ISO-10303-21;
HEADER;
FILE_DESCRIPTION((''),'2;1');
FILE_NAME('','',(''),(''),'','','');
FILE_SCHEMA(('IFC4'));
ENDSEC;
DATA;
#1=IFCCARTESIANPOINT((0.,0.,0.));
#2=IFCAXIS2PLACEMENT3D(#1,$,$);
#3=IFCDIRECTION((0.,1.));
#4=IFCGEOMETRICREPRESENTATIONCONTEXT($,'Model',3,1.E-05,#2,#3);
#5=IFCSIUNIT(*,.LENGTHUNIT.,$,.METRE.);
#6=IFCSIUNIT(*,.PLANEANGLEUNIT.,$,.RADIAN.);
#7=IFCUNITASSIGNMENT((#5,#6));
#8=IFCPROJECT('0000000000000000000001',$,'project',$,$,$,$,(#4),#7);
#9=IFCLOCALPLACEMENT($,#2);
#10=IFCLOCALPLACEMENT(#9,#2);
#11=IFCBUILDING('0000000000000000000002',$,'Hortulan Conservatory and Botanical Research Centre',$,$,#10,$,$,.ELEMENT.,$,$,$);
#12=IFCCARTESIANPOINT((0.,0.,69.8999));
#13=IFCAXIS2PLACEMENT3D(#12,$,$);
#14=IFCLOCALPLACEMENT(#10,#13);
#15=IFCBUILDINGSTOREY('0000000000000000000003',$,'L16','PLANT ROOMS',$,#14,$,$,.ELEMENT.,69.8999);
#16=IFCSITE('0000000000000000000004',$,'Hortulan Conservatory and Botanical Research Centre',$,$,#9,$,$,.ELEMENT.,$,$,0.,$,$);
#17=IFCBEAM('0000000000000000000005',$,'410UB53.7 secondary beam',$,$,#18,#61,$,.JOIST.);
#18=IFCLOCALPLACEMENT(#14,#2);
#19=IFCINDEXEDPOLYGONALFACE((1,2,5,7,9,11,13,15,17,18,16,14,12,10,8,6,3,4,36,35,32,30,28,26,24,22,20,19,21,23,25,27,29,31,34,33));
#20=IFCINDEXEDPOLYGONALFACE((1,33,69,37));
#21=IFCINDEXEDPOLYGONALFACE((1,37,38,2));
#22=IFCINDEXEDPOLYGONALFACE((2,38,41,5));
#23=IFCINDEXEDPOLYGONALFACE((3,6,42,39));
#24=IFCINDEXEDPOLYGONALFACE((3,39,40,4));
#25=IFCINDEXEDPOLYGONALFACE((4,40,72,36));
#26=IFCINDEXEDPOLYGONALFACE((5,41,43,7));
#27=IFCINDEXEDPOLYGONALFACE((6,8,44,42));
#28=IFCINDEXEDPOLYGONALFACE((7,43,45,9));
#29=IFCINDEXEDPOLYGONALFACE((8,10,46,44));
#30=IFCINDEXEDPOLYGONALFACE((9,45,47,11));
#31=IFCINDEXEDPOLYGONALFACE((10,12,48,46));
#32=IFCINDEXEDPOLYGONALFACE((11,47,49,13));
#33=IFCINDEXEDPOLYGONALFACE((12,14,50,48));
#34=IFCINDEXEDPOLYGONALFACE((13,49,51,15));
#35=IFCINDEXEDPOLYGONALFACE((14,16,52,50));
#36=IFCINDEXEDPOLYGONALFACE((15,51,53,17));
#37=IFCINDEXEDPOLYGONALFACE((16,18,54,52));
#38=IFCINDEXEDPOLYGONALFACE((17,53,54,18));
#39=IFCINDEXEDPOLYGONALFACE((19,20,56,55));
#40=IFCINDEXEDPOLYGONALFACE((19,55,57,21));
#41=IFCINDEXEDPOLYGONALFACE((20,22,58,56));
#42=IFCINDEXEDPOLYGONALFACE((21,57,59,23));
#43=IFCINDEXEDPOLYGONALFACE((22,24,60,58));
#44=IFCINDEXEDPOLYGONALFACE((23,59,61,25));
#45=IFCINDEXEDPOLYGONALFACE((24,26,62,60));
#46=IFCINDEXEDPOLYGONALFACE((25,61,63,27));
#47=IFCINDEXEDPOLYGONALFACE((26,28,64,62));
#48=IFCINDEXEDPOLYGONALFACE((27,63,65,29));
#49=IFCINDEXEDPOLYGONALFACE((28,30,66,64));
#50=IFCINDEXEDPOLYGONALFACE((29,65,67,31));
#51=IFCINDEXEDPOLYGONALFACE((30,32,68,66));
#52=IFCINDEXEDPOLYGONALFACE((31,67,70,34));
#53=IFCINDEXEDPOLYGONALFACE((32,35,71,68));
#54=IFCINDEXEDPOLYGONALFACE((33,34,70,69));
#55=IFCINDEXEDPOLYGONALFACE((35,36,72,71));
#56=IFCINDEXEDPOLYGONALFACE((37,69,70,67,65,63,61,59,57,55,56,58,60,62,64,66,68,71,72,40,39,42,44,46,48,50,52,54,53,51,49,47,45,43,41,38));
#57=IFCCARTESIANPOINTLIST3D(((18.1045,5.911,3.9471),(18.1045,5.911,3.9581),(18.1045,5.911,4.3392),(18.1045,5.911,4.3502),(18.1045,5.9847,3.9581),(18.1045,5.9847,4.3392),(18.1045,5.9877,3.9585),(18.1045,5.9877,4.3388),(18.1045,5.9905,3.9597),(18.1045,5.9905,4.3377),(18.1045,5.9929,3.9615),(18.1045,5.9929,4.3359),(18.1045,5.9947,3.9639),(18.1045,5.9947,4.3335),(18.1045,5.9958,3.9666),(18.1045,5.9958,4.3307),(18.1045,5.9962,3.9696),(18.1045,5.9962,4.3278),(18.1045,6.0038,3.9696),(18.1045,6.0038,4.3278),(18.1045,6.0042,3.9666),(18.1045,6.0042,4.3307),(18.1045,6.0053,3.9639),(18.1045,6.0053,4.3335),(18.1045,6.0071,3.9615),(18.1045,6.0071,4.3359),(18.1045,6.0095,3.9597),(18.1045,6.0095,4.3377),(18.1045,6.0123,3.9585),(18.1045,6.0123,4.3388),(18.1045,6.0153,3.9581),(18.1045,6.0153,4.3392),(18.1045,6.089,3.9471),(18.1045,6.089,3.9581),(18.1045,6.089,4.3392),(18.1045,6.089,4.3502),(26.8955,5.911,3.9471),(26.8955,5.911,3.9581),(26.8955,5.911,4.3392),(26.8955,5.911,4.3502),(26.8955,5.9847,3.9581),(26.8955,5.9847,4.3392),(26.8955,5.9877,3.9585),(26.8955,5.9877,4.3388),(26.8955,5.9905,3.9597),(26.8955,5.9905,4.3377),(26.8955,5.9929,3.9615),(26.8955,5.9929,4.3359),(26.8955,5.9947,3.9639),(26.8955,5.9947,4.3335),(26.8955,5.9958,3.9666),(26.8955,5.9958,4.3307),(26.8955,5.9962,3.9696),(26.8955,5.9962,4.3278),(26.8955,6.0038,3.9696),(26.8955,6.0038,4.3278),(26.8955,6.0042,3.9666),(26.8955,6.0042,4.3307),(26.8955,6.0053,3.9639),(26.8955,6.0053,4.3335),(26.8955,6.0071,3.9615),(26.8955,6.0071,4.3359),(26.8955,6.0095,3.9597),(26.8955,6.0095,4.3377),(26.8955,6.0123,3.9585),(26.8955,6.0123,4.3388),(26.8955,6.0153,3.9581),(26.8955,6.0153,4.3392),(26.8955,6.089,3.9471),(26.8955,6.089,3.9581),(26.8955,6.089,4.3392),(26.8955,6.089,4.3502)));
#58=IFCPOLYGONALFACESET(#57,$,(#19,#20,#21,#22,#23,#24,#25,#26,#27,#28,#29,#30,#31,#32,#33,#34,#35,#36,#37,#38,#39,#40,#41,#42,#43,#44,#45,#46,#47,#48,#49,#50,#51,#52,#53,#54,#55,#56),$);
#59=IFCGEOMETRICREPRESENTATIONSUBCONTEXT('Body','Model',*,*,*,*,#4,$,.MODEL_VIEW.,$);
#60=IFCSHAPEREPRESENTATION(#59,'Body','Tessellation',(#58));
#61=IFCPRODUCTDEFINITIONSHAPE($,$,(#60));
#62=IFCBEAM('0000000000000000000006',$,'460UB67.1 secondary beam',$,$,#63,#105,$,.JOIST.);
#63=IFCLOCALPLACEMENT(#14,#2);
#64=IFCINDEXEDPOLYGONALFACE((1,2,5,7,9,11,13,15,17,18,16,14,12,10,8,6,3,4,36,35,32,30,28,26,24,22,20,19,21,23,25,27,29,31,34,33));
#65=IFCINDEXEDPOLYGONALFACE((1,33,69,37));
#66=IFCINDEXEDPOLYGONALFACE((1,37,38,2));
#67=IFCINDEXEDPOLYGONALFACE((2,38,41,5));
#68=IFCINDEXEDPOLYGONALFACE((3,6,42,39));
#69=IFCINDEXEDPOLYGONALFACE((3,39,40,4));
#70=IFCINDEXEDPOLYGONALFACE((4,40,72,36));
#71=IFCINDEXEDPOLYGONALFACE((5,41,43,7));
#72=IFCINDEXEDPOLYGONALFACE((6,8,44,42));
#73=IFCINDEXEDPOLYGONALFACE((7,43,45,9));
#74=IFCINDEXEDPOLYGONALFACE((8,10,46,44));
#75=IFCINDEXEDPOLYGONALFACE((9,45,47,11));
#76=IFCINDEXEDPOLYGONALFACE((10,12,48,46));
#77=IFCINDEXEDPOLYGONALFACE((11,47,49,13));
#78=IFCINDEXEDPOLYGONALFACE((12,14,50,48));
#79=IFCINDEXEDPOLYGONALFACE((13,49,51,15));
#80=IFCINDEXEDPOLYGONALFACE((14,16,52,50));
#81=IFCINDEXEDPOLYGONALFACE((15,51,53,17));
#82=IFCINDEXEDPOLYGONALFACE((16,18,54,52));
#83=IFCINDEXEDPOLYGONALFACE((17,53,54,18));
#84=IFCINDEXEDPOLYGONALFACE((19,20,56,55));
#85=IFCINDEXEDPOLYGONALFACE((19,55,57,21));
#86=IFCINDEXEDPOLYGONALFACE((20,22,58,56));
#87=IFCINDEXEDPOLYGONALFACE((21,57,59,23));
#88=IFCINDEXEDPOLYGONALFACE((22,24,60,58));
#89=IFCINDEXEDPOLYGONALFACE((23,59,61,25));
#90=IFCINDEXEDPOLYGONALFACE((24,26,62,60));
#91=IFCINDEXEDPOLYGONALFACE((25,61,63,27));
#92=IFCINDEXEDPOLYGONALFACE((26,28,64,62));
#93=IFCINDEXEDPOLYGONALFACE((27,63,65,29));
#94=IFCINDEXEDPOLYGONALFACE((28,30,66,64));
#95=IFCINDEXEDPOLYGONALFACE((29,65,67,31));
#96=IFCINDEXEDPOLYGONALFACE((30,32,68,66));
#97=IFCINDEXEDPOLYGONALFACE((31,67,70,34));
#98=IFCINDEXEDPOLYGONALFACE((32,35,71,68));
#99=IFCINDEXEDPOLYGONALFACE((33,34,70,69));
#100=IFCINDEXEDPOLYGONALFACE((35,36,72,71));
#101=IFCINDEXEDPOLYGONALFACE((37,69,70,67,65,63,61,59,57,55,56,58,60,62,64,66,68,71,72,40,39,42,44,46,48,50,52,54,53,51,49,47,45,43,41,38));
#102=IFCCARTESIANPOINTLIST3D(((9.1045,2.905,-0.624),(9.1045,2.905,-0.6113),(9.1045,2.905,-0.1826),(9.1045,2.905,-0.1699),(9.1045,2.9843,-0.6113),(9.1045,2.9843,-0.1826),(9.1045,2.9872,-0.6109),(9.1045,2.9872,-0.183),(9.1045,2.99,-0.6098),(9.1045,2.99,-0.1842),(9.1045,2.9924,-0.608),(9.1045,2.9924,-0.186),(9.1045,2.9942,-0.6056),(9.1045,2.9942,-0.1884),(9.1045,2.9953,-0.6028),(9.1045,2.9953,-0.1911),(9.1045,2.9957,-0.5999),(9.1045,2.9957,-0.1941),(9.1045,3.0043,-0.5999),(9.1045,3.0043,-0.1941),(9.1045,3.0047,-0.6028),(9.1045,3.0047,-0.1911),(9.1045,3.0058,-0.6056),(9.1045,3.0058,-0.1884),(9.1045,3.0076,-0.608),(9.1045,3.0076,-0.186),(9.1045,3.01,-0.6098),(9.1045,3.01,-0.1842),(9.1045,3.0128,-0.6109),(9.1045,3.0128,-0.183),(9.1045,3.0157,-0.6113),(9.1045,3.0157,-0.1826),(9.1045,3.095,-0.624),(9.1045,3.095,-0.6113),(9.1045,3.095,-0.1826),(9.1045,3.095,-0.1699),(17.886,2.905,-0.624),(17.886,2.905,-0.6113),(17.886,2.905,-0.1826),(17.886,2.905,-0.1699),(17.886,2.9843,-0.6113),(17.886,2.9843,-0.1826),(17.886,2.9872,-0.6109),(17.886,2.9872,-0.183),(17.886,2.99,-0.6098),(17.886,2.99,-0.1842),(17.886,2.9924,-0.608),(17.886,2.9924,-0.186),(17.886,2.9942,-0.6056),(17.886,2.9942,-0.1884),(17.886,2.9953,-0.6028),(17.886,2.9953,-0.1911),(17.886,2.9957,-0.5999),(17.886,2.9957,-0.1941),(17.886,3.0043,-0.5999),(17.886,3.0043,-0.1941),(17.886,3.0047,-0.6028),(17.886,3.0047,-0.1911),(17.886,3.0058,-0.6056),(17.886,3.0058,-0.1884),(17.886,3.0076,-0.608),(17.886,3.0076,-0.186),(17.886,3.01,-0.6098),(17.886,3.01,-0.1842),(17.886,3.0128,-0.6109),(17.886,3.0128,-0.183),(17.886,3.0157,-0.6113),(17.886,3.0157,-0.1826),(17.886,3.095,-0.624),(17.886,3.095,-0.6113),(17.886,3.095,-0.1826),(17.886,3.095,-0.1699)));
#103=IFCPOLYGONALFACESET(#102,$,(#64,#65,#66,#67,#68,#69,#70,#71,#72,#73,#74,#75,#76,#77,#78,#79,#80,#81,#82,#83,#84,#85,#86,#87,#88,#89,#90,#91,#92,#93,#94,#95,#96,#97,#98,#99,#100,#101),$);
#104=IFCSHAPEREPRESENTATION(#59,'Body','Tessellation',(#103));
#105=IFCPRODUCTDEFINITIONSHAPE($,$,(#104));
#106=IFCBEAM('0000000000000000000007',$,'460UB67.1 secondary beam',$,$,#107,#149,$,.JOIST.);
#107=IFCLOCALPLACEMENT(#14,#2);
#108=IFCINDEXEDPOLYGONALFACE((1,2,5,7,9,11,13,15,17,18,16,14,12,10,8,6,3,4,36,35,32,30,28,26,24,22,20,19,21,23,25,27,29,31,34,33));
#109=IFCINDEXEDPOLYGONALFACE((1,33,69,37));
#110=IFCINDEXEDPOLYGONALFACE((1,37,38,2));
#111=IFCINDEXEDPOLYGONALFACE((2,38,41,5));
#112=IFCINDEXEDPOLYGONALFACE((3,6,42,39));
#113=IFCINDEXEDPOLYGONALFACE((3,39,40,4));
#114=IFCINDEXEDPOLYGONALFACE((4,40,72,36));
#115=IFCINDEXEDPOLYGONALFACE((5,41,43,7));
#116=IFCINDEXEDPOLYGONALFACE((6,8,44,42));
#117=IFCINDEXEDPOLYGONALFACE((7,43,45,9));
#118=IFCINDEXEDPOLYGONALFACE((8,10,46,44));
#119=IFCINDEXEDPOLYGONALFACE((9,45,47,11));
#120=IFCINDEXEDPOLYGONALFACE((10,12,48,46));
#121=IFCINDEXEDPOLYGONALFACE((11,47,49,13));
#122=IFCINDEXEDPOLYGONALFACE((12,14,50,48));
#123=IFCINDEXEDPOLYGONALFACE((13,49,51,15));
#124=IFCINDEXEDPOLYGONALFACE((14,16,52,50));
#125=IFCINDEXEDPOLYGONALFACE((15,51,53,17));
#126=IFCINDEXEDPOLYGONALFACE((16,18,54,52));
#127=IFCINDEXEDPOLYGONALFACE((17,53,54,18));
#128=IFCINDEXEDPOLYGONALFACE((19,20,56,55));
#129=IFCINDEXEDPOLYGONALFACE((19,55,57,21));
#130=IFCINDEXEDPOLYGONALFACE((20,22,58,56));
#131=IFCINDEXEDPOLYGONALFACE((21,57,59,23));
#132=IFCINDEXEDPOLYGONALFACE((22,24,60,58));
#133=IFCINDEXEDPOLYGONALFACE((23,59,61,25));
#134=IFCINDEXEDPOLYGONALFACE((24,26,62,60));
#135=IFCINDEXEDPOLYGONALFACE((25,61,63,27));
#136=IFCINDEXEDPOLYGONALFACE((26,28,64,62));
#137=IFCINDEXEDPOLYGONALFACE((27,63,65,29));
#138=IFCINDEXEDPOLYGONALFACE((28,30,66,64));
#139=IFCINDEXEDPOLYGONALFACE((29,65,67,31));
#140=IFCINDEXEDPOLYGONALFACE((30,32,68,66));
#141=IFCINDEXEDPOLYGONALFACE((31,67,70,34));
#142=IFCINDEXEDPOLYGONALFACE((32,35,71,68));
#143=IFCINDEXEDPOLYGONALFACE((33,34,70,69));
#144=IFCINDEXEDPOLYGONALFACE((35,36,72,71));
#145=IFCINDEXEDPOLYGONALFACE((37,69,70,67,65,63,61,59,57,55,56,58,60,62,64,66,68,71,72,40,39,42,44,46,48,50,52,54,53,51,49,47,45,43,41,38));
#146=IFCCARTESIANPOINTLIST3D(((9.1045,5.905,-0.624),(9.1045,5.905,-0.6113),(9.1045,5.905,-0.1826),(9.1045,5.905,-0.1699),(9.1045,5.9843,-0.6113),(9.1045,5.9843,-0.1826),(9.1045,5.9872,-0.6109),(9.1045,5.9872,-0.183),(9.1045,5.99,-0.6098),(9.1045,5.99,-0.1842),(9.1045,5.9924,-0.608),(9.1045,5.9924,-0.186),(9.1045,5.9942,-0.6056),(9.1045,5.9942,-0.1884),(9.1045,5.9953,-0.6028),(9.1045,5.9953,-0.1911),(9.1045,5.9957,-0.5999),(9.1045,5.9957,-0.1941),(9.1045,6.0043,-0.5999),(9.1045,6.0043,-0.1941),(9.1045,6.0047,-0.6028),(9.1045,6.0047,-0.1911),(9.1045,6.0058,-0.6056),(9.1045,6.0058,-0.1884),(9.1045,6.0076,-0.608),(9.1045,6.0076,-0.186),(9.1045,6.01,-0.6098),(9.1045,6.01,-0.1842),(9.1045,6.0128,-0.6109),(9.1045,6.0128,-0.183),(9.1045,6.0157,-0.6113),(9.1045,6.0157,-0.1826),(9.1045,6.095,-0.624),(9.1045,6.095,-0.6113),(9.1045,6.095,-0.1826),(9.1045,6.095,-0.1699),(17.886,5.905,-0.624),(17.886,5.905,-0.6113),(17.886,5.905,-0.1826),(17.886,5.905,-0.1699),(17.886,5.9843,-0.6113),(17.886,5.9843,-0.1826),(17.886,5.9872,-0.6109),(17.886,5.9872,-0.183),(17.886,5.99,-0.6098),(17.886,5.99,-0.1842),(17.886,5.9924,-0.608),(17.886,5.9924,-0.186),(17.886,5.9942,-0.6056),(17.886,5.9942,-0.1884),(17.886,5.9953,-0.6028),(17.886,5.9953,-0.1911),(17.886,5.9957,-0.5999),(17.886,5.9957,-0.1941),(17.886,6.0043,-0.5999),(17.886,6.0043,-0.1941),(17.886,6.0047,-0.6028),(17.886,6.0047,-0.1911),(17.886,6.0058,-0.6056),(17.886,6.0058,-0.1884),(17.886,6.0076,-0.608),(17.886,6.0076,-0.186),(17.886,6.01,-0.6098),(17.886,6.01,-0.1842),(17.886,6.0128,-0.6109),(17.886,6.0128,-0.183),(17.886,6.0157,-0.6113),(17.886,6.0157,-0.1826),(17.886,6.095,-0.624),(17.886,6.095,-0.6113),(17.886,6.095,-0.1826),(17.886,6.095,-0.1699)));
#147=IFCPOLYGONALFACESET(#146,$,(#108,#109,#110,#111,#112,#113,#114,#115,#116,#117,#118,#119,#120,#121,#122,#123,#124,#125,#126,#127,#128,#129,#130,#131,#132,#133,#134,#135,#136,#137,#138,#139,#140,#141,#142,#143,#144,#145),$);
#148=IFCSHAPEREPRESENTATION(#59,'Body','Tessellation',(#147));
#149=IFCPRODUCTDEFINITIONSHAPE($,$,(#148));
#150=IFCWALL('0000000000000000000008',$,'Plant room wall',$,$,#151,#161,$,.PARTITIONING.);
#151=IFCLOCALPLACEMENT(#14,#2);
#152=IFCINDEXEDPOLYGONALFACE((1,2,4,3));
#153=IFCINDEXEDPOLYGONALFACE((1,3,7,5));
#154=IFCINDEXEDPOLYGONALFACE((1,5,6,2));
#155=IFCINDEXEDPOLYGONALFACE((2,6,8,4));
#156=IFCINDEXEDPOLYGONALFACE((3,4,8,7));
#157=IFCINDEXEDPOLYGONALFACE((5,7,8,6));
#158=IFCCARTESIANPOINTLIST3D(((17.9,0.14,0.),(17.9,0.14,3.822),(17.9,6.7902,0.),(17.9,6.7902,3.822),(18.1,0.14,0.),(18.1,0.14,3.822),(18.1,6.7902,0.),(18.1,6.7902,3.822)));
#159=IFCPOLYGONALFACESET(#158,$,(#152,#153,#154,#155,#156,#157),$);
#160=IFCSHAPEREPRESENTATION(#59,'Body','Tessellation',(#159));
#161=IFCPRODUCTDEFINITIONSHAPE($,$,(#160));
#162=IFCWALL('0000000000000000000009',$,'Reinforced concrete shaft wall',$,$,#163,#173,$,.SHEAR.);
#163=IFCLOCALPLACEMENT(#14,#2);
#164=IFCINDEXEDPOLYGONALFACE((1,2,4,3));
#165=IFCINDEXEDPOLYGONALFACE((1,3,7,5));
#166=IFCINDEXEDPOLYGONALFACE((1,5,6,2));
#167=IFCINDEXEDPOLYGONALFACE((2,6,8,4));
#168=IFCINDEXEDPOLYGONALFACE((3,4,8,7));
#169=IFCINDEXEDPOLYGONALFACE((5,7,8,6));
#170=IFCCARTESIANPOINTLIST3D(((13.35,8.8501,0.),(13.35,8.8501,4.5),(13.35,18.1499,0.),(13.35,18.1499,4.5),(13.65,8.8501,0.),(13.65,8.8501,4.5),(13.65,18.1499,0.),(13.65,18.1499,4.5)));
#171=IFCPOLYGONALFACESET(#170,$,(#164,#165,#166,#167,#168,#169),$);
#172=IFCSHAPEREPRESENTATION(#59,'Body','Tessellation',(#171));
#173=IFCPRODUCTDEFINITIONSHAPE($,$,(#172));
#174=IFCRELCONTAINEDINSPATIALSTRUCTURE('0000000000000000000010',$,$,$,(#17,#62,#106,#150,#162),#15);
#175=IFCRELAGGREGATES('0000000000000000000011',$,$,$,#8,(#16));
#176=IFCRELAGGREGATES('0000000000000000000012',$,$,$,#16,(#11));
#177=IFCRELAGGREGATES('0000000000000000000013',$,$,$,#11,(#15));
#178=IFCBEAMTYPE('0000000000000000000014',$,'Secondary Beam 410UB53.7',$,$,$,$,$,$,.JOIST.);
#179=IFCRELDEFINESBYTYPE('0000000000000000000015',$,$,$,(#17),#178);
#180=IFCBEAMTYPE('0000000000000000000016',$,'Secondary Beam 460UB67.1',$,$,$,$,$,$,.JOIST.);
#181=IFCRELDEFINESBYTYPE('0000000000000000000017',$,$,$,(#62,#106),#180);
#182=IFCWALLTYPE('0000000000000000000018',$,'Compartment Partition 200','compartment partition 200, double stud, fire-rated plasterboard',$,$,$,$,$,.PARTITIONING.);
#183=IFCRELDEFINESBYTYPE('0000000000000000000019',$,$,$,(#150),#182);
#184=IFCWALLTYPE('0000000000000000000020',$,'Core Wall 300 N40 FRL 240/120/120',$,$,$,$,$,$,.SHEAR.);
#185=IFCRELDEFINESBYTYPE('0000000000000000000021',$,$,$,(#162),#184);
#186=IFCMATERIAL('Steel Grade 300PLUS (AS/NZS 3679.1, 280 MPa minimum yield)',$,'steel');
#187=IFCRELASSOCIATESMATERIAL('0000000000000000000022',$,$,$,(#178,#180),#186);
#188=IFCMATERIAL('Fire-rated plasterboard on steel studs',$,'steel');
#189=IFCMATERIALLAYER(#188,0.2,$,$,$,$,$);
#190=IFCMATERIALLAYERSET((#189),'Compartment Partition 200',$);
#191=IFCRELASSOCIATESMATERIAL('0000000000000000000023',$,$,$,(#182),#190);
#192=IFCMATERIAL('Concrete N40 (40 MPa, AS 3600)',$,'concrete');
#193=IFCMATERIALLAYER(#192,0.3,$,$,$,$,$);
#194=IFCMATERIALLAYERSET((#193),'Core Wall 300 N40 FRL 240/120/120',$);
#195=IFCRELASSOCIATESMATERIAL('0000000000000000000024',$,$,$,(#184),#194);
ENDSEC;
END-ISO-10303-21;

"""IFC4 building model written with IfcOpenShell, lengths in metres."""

from ifc_helpers import new_model, si_unit, direction, frame, frame_2d, origin, origin_2d, place, context, subcontext, project, spatial, rectangle, i_section, extrude, material, layer, layer_set, material_profile, profile_set, type_object, element, save


model = new_model("IFC4")

# Units and contexts
model_context = context("Model", 3, precision=1e-05, world=origin(), true_north=direction((0.0, 1.0)))
body_context = subcontext(model_context, "Body", "Model", "MODEL_VIEW")
ifc_project = project(units=[si_unit("LENGTHUNIT", "METRE"), si_unit("PLANEANGLEUNIT", "RADIAN")], contexts=[model_context])

# Site, building, storey
site_placement = place(None, origin())
site = spatial("IfcSite", under=ifc_project, at=site_placement, Name="Hortulan Conservatory and Botanical Research Centre", CompositionType="ELEMENT", RefElevation=0.0)
building_placement = place(site_placement, origin())
building = spatial("IfcBuilding", under=site, at=building_placement, Name="Hortulan Conservatory and Botanical Research Centre", CompositionType="ELEMENT")
storey_placement = place(building_placement, frame((0.0, 0.0, 69.8999)))
storey = spatial("IfcBuildingStorey", under=building, at=storey_placement, Name="L16", Description="PLANT ROOMS", CompositionType="ELEMENT", Elevation=69.8999)

# Shared definitions
ifc_material_1 = material(Name="Steel Grade 300PLUS (AS/NZS 3679.1, 280 MPa minimum yield)", Category="steel")

# Beams
ifc_material_profile_1 = material_profile(ifc_material_1, i_section(OverallWidth=0.178, OverallDepth=0.4031, WebThickness=0.0076, FlangeThickness=0.011, FilletRadius=0.0115, at=origin_2d()), Name="410UB53.7")
ifc_profile_set_1 = profile_set([ifc_material_profile_1], Name="Steel Grade 300PLUS (AS/NZS 3679.1, 280 MPa minimum yield)")
beam_type_1 = type_object("IfcBeamType", Name="Secondary Beam 410UB53.7", PredefinedType="JOIST", material=ifc_profile_set_1)
for number, where, z_axis, x_axis, name in (
    (1, (18.1045, 6.0, 4.1487), (1.0, 0.0, 0.0), (0.0, 1.0, 0.0), "410UB53.7 secondary beam"),
):
    element("IfcBeam", number, at=place(storey_placement, frame(where, z_axis=z_axis, x_axis=x_axis)), inside=storey, type_object=beam_type_1, Name=name, PredefinedType="JOIST", context=body_context, shape_type="SweptSolid", body=[
        extrude(i_section(OverallWidth=0.178, OverallDepth=0.4031, WebThickness=0.0076, FlangeThickness=0.011, FilletRadius=0.0115, at=origin_2d()), origin(), (0.0, 0.0, 1.0), 8.791),
    ])
ifc_material_profile_2 = material_profile(ifc_material_1, i_section(OverallWidth=0.1899, OverallDepth=0.4541, WebThickness=0.0085, FlangeThickness=0.0127, FilletRadius=0.0115, at=origin_2d()), Name="460UB67.1")
ifc_profile_set_2 = profile_set([ifc_material_profile_2], Name="Steel Grade 300PLUS (AS/NZS 3679.1, 280 MPa minimum yield)")
beam_type_2 = type_object("IfcBeamType", Name="Secondary Beam 460UB67.1", PredefinedType="JOIST", material=ifc_profile_set_2)
for number, where, z_axis, x_axis, name in (
    (2, (9.1045, 3.0, -0.397), (1.0, 0.0, 0.0), (0.0, 1.0, 0.0), "460UB67.1 secondary beam"),
    (3, (9.1045, 6.0, -0.397), (1.0, 0.0, 0.0), (0.0, 1.0, 0.0), "460UB67.1 secondary beam"),
):
    element("IfcBeam", number, at=place(storey_placement, frame(where, z_axis=z_axis, x_axis=x_axis)), inside=storey, type_object=beam_type_2, Name=name, PredefinedType="JOIST", context=body_context, shape_type="SweptSolid", body=[
        extrude(i_section(OverallWidth=0.1899, OverallDepth=0.4541, WebThickness=0.0085, FlangeThickness=0.0127, FilletRadius=0.0115, at=origin_2d()), origin(), (0.0, 0.0, 1.0), 8.7815),
    ])

# Walls
ifc_material_2 = material(Name="Fire-rated plasterboard on steel studs", Category="steel")
ifc_layer_1 = layer(ifc_material_2, 0.2)
ifc_layer_set_1 = layer_set([ifc_layer_1], Name="Compartment Partition 200")
wall_type_1 = type_object("IfcWallType", Name="Compartment Partition 200", Description="compartment partition 200, double stud, fire-rated plasterboard", PredefinedType="PARTITIONING", material=ifc_layer_set_1)
wall_1_placement = place(storey_placement, frame((18.0, 0.1399, 0.0), z_axis=(0.0, 0.0, 1.0), x_axis=(0.0, 1.0, 0.0)))
element("IfcWall", 4, at=wall_1_placement, inside=storey, type_object=wall_type_1, Name="Plant room wall", PredefinedType="PARTITIONING", context=body_context, shape_type="SweptSolid", body=[
    extrude(rectangle(XDim=6.6501, YDim=0.2, at=frame_2d((3.3252, 0.0))), origin(), (0.0, 0.0, 1.0), 3.822),
])
ifc_material_3 = material(Name="Concrete N40 (40 MPa, AS 3600)", Category="concrete")
ifc_layer_2 = layer(ifc_material_3, 0.3)
ifc_layer_set_2 = layer_set([ifc_layer_2], Name="Core Wall 300 N40 FRL 240/120/120")
wall_type_2 = type_object("IfcWallType", Name="Core Wall 300 N40 FRL 240/120/120", PredefinedType="SHEAR", material=ifc_layer_set_2)
wall_2_placement = place(storey_placement, frame((13.5, 8.8501, 0.0), z_axis=(0.0, 0.0, 1.0), x_axis=(0.0, 1.0, 0.0)))
element("IfcWall", 5, at=wall_2_placement, inside=storey, type_object=wall_type_2, Name="Reinforced concrete shaft wall", PredefinedType="SHEAR", context=body_context, shape_type="SweptSolid", body=[
    extrude(rectangle(XDim=9.2998, YDim=0.3, at=frame_2d((4.6499, 0.0))), origin(), (0.0, 0.0, 1.0), 4.5),
])

save(model, "model.ifc")
